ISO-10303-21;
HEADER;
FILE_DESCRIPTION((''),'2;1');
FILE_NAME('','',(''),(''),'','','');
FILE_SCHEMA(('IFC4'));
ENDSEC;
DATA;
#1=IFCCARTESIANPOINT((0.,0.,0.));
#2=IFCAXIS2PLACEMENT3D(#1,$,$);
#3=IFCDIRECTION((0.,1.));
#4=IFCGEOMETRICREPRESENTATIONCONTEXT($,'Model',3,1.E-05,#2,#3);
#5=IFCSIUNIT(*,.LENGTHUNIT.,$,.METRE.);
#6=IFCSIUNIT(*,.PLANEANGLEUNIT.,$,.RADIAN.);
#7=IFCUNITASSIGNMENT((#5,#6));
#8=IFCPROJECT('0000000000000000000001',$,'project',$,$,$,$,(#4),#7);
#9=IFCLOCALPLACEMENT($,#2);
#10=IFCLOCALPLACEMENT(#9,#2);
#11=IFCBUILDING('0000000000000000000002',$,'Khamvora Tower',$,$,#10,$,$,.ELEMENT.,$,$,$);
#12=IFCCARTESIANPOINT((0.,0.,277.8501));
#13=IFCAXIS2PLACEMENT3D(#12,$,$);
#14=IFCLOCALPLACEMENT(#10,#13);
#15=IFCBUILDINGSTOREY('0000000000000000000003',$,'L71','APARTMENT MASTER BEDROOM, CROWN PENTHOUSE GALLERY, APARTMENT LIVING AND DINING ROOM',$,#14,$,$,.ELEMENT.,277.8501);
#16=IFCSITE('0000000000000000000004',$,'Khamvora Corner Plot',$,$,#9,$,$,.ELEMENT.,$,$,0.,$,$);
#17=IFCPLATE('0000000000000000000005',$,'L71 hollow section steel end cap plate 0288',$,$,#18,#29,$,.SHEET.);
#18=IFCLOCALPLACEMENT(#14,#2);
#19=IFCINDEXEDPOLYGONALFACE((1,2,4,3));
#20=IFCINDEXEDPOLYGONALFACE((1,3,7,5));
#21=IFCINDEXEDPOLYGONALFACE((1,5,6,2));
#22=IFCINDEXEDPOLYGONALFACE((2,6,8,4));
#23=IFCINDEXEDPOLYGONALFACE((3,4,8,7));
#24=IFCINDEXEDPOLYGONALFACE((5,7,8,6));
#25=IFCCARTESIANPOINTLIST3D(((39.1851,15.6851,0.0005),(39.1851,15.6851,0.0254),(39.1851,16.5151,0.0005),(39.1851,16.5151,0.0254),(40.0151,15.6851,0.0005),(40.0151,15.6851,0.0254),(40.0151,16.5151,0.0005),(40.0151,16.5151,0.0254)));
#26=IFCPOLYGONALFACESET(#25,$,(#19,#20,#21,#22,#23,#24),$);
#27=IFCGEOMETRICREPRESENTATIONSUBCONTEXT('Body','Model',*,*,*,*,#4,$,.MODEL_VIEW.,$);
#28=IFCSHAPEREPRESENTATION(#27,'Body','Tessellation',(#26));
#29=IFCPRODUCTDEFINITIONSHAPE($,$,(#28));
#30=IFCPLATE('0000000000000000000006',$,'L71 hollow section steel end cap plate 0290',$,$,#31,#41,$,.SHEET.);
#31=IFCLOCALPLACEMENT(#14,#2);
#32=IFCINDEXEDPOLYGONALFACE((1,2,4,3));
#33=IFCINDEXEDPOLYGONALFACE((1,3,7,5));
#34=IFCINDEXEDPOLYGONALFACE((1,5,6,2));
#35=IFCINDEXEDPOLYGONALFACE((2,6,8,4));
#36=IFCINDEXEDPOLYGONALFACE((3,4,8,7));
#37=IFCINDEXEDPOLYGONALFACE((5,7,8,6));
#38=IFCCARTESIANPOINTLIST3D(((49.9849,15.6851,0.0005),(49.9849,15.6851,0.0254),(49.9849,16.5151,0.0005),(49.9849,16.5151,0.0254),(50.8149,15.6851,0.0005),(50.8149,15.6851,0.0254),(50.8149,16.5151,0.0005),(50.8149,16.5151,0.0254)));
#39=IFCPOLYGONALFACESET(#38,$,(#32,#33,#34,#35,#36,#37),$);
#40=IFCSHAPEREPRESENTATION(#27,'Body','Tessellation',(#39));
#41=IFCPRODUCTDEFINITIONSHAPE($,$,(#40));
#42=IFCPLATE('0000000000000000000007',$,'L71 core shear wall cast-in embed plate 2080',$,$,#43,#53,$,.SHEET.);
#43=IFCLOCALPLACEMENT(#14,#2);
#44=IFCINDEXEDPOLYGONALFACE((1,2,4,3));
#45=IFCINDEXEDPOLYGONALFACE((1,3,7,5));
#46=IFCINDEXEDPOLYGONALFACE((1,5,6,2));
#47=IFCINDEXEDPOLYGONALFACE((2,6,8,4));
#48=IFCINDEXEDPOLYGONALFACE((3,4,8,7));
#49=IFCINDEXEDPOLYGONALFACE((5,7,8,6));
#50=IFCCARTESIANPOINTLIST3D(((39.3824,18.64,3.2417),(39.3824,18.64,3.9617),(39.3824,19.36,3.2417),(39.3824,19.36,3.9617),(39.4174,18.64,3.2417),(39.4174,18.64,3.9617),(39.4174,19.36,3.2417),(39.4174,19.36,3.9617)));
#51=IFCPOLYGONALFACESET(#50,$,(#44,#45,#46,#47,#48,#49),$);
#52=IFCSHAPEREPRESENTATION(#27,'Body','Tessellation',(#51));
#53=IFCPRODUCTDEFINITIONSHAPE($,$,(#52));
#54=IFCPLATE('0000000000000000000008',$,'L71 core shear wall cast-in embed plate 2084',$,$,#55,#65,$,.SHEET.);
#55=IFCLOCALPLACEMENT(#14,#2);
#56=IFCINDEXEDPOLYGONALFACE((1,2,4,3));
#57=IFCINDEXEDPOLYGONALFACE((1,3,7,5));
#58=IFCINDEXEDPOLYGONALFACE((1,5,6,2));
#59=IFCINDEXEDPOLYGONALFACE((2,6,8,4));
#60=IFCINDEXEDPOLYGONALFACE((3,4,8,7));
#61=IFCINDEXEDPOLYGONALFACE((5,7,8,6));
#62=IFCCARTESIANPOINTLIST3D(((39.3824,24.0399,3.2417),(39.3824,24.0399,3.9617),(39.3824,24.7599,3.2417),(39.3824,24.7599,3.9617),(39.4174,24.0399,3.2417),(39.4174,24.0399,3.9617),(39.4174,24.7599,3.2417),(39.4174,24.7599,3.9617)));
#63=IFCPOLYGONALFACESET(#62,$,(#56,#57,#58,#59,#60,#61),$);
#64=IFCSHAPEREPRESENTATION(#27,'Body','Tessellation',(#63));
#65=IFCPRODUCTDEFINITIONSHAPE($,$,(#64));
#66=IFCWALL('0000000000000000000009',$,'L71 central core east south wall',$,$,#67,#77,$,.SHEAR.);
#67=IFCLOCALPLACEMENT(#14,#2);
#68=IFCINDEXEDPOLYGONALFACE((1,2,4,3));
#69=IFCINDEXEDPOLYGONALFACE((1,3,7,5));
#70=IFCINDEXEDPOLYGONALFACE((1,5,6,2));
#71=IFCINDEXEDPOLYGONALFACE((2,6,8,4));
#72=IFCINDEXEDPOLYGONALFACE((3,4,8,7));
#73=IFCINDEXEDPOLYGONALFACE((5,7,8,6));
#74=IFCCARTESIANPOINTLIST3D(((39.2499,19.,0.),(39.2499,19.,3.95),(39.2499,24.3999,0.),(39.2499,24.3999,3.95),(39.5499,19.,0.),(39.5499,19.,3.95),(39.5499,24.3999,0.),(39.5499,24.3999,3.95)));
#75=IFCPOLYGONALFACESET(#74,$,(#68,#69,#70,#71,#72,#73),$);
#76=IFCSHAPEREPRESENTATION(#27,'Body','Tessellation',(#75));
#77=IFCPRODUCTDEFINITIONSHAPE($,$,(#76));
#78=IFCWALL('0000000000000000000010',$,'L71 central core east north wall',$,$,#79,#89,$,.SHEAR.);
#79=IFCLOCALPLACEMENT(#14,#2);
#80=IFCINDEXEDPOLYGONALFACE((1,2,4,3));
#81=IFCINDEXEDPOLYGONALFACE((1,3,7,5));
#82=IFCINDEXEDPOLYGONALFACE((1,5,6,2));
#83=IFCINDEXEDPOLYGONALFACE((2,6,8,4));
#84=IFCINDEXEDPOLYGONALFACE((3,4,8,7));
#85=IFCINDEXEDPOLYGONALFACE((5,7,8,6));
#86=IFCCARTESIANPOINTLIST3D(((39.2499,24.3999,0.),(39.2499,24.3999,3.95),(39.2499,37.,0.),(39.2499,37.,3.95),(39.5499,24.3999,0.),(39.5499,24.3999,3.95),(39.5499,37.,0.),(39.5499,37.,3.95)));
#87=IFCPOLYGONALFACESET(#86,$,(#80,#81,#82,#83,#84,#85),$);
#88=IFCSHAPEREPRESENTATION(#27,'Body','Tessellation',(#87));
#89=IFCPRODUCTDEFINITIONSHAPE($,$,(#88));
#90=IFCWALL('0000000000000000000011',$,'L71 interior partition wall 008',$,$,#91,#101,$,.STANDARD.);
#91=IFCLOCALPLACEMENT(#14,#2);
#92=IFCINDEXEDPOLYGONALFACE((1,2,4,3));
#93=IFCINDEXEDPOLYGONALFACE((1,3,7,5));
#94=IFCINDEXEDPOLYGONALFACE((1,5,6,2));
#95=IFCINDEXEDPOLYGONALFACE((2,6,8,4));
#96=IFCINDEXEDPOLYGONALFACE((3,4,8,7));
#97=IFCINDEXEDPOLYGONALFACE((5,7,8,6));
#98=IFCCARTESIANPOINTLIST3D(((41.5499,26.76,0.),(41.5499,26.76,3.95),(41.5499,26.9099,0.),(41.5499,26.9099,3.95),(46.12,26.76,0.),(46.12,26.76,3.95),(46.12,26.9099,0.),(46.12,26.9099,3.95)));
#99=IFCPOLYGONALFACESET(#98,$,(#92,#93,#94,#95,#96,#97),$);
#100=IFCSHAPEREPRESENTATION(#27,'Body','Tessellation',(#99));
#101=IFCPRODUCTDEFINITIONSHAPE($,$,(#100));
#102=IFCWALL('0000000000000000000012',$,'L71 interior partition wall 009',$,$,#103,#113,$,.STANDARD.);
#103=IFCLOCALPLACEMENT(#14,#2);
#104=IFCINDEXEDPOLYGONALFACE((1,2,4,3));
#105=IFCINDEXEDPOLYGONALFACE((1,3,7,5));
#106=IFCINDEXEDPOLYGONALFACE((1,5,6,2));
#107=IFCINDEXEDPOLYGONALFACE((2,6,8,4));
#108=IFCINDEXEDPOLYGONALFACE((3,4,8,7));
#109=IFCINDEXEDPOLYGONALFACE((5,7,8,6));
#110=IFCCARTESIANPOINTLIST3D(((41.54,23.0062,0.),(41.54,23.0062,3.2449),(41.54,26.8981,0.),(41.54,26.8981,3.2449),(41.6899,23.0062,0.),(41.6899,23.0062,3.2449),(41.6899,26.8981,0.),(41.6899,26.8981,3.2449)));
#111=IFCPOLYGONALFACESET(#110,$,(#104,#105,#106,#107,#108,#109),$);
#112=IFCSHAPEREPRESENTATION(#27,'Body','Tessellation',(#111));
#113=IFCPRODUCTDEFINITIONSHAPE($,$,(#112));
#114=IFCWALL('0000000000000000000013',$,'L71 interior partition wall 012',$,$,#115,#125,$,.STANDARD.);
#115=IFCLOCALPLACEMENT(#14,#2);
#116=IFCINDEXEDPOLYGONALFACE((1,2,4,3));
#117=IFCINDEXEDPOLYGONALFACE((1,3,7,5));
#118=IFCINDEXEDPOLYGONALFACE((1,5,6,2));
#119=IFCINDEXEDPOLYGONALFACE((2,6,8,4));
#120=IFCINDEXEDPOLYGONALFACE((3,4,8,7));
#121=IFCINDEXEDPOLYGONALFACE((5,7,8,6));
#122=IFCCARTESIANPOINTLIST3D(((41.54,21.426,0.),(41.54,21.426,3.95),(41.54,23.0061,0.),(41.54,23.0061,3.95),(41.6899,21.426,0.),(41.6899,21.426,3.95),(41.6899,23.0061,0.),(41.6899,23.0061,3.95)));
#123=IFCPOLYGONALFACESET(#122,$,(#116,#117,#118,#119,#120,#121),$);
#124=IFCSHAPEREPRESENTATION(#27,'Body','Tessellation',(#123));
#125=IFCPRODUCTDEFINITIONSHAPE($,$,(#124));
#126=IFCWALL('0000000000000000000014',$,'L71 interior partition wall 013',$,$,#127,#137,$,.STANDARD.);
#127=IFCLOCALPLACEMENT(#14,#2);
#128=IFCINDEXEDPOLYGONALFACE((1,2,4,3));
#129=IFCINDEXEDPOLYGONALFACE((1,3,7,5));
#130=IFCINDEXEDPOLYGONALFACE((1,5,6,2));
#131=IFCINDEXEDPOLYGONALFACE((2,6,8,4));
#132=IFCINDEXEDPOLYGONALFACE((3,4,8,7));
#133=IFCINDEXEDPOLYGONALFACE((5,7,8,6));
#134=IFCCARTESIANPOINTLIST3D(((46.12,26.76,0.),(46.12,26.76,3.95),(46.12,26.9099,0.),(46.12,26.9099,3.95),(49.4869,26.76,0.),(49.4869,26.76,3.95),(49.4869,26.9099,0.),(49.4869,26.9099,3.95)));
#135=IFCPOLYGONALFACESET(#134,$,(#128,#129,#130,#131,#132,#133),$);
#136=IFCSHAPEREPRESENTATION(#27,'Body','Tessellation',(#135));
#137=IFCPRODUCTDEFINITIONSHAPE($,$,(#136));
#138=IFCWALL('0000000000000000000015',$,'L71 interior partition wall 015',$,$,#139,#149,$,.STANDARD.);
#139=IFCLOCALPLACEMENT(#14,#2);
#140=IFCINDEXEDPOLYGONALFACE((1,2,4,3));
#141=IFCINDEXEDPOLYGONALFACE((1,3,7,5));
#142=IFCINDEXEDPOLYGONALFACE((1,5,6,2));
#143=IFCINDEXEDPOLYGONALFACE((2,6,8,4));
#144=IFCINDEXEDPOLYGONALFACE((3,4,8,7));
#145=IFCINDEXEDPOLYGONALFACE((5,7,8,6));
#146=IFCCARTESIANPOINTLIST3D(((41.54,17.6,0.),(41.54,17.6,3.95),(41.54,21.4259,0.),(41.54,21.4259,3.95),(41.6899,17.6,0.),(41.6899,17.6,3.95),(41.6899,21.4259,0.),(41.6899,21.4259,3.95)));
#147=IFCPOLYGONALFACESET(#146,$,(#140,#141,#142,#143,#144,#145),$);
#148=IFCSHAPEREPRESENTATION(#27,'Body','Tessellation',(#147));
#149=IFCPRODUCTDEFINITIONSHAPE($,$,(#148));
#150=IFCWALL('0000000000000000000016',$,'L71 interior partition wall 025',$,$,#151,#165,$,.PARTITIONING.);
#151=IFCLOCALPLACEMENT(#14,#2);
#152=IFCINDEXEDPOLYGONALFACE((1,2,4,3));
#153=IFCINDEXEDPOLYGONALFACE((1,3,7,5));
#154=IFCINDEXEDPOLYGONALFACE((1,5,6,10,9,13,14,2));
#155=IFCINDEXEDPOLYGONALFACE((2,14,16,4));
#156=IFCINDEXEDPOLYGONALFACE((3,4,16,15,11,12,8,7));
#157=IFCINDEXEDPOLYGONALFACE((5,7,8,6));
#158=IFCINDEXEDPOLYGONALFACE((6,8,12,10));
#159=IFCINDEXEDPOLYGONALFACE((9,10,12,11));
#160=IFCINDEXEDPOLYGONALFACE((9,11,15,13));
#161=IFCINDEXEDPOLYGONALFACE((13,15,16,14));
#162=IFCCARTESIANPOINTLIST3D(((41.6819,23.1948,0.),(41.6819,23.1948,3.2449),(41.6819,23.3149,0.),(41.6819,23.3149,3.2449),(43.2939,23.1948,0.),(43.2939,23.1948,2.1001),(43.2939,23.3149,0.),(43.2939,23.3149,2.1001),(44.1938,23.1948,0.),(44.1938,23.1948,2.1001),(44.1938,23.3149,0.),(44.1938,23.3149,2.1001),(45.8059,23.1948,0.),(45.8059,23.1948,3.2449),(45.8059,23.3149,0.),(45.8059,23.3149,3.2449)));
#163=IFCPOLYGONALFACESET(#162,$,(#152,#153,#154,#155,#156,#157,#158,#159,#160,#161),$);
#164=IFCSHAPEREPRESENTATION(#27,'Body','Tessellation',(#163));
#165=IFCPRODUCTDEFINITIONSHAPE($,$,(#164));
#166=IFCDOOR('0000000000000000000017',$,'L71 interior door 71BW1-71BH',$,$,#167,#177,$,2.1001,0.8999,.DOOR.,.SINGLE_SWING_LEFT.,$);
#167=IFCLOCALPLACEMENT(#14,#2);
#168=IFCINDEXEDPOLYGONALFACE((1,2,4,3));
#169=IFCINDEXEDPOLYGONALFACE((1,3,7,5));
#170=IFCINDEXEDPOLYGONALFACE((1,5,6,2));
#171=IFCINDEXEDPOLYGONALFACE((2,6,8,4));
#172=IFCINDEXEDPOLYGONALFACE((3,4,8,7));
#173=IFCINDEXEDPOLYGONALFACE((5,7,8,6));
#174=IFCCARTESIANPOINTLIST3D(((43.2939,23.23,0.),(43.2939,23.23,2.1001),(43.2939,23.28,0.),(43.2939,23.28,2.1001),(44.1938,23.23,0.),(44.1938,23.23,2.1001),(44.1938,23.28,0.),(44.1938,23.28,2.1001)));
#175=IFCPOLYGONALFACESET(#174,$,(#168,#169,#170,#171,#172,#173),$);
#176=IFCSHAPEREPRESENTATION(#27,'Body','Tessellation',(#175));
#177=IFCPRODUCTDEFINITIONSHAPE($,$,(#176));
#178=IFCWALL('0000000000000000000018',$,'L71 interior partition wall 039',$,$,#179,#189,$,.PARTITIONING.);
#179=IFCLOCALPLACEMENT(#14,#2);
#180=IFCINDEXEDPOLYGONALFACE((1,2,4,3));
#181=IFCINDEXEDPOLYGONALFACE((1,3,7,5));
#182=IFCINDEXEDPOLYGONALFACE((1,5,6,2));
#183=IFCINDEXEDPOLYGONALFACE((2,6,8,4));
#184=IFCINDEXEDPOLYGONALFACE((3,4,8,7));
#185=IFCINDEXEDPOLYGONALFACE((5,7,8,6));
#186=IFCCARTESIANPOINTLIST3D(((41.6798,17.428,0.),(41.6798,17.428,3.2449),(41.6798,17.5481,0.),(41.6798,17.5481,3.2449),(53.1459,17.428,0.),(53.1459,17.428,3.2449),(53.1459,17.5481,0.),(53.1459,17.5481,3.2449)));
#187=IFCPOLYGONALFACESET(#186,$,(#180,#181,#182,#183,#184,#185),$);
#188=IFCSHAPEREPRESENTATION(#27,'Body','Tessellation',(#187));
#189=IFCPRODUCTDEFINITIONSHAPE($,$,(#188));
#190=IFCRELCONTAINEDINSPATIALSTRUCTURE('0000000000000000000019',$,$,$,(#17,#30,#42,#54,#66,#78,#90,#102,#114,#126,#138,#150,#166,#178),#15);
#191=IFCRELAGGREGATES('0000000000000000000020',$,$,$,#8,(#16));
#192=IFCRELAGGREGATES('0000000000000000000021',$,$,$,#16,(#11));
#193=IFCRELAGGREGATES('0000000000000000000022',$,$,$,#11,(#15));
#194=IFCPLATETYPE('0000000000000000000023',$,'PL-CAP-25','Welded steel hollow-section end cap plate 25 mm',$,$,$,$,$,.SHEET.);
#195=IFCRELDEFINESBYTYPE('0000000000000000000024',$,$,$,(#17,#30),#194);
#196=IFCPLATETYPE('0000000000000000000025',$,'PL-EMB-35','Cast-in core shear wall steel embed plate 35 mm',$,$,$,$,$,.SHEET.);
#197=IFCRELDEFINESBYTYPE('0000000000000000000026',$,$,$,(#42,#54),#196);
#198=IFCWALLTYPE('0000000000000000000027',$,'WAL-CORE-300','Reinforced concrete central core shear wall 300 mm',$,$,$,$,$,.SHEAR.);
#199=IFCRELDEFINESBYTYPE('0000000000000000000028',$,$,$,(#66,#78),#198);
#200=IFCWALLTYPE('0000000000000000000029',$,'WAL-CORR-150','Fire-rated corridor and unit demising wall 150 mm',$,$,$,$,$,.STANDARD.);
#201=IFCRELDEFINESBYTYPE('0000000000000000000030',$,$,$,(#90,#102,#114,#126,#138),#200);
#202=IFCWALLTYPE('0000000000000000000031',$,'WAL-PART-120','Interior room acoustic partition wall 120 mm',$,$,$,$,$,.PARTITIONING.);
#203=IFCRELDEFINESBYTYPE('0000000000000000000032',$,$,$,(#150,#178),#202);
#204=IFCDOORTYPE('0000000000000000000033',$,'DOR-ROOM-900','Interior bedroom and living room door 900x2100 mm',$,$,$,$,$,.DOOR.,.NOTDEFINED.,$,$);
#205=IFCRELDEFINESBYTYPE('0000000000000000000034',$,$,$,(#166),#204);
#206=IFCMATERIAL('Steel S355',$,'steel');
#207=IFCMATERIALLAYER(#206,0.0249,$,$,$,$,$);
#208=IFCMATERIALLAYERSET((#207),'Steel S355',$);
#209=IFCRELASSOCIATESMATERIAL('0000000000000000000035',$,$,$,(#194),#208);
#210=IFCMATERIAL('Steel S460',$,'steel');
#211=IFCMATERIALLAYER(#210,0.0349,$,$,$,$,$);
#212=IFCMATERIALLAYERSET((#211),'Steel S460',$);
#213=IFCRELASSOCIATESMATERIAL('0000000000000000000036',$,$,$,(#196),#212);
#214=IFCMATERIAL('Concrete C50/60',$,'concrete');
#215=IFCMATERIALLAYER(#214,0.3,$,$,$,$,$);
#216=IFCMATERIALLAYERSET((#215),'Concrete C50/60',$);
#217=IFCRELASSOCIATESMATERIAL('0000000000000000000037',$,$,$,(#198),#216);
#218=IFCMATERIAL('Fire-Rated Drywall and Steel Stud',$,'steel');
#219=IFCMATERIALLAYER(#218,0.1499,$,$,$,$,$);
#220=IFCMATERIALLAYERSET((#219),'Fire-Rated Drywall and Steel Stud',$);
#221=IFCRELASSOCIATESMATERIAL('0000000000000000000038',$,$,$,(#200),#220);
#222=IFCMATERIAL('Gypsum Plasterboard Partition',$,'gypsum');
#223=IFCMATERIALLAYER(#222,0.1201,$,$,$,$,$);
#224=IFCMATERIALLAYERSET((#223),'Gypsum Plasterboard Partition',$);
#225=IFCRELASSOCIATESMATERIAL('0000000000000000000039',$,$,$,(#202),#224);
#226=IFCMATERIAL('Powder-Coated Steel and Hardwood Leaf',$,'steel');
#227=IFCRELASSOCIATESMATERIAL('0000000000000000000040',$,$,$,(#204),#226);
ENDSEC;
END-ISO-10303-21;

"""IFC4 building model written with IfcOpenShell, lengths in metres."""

from ifc_helpers import new_model, si_unit, direction, frame, frame_2d, origin, origin_2d, place, context, subcontext, project, spatial, rectangle, extrude, material, layer, layer_set, type_object, element, fill, save


model = new_model("IFC4")

# Units and contexts
model_context = context("Model", 3, precision=1e-05, world=origin(), true_north=direction((0.0, 1.0)))
body_context = subcontext(model_context, "Body", "Model", "MODEL_VIEW")
ifc_project = project(units=[si_unit("LENGTHUNIT", "METRE"), si_unit("PLANEANGLEUNIT", "RADIAN")], contexts=[model_context])

# Site, building, storey
site_placement = place(None, origin())
site = spatial("IfcSite", under=ifc_project, at=site_placement, Name="Khamvora Corner Plot", CompositionType="ELEMENT", RefElevation=0.0)
building_placement = place(site_placement, origin())
building = spatial("IfcBuilding", under=site, at=building_placement, Name="Khamvora Tower", CompositionType="ELEMENT")
storey_placement = place(building_placement, frame((0.0, 0.0, 277.8501)))
storey = spatial("IfcBuildingStorey", under=building, at=storey_placement, Name="L71", Description="APARTMENT MASTER BEDROOM, CROWN PENTHOUSE GALLERY, APARTMENT LIVING AND DINING ROOM", CompositionType="ELEMENT", Elevation=277.8501)

# Shared definitions
ifc_material_1 = material(Name="Steel S355", Category="steel")

# Plates
ifc_layer_1 = layer(ifc_material_1, 0.0249)
ifc_layer_set_1 = layer_set([ifc_layer_1], Name="Steel S355")
plate_type_1 = type_object("IfcPlateType", Name="PL-CAP-25", Description="Welded steel hollow-section end cap plate 25 mm", PredefinedType="SHEET", material=ifc_layer_set_1)
for number, where, z_axis, x_axis, name in (
    (1, (39.6001, 16.1001, 0.0005), (0.0, 0.0, 1.0), (1.0, 0.0, 0.0), "L71 hollow section steel end cap plate 0288"),
    (2, (50.3999, 16.1001, 0.0005), (0.0, 0.0, 1.0), (1.0, 0.0, 0.0), "L71 hollow section steel end cap plate 0290"),
):
    element("IfcPlate", number, at=place(storey_placement, frame(where, z_axis=z_axis, x_axis=x_axis)), inside=storey, type_object=plate_type_1, Name=name, PredefinedType="SHEET", context=body_context, shape_type="SweptSolid", body=[
        extrude(rectangle(XDim=0.8301, YDim=0.8301, at=origin_2d()), origin(), (0.0, 0.0, 1.0), 0.0249),
    ])
ifc_material_2 = material(Name="Steel S460", Category="steel")
ifc_layer_2 = layer(ifc_material_2, 0.0349)
ifc_layer_set_2 = layer_set([ifc_layer_2], Name="Steel S460")
plate_type_2 = type_object("IfcPlateType", Name="PL-EMB-35", Description="Cast-in core shear wall steel embed plate 35 mm", PredefinedType="SHEET", material=ifc_layer_set_2)
for number, where, z_axis, x_axis, name in (
    (3, (39.3999, 19.0, 3.2417), (0.0, 0.0, 1.0), (1.0, 0.0, 0.0), "L71 core shear wall cast-in embed plate 2080"),
    (4, (39.3999, 24.3999, 3.2417), (0.0, 0.0, 1.0), (1.0, 0.0, 0.0), "L71 core shear wall cast-in embed plate 2084"),
):
    element("IfcPlate", number, at=place(storey_placement, frame(where, z_axis=z_axis, x_axis=x_axis)), inside=storey, type_object=plate_type_2, Name=name, PredefinedType="SHEET", context=body_context, shape_type="SweptSolid", body=[
        extrude(rectangle(XDim=0.0349, YDim=0.72, at=origin_2d()), origin(), (0.0, 0.0, 1.0), 0.72),
    ])

# Walls
ifc_material_3 = material(Name="Concrete C50/60", Category="concrete")
ifc_layer_3 = layer(ifc_material_3, 0.3)
ifc_layer_set_3 = layer_set([ifc_layer_3], Name="Concrete C50/60")
wall_type_1 = type_object("IfcWallType", Name="WAL-CORE-300", Description="Reinforced concrete central core shear wall 300 mm", PredefinedType="SHEAR", material=ifc_layer_set_3)
wall_1_placement = place(storey_placement, frame((39.3999, 19.0, 0.0), z_axis=(0.0, 0.0, 1.0), x_axis=(0.0, 1.0, 0.0)))
element("IfcWall", 5, at=wall_1_placement, inside=storey, type_object=wall_type_1, Name="L71 central core east south wall", PredefinedType="SHEAR", context=body_context, shape_type="SweptSolid", body=[
    extrude(rectangle(XDim=5.3999, YDim=0.3, at=frame_2d((2.7, 0.0))), origin(), (0.0, 0.0, 1.0), 3.95),
])
wall_2_placement = place(storey_placement, frame((39.3999, 24.3999, 0.0), z_axis=(0.0, 0.0, 1.0), x_axis=(0.0, 1.0, 0.0)))
element("IfcWall", 6, at=wall_2_placement, inside=storey, type_object=wall_type_1, Name="L71 central core east north wall", PredefinedType="SHEAR", context=body_context, shape_type="SweptSolid", body=[
    extrude(rectangle(XDim=12.6001, YDim=0.3, at=frame_2d((6.3, 0.0))), origin(), (0.0, 0.0, 1.0), 3.95),
])
ifc_material_4 = material(Name="Fire-Rated Drywall and Steel Stud", Category="steel")
ifc_layer_4 = layer(ifc_material_4, 0.1499)
ifc_layer_set_4 = layer_set([ifc_layer_4], Name="Fire-Rated Drywall and Steel Stud")
wall_type_2 = type_object("IfcWallType", Name="WAL-CORR-150", Description="Fire-rated corridor and unit demising wall 150 mm", PredefinedType="STANDARD", material=ifc_layer_set_4)
wall_3_placement = place(storey_placement, frame((46.1201, 26.835, 0.0), z_axis=(0.0, 0.0, 1.0), x_axis=(-1.0, 0.0, 0.0)))
element("IfcWall", 7, at=wall_3_placement, inside=storey, type_object=wall_type_2, Name="L71 interior partition wall 008", PredefinedType="STANDARD", context=body_context, shape_type="SweptSolid", body=[
    extrude(rectangle(XDim=4.5701, YDim=0.1499, at=frame_2d((2.2852, 0.0))), origin(), (0.0, 0.0, 1.0), 3.95),
])
wall_4_placement = place(storey_placement, frame((41.615, 26.8979, 0.0), z_axis=(0.0, 0.0, 1.0), x_axis=(0.0, -1.0, 0.0)))
element("IfcWall", 8, at=wall_4_placement, inside=storey, type_object=wall_type_2, Name="L71 interior partition wall 009", PredefinedType="STANDARD", context=body_context, shape_type="SweptSolid", body=[
    extrude(rectangle(XDim=3.8918, YDim=0.1499, at=frame_2d((1.9458, 0.0))), origin(), (0.0, 0.0, 1.0), 3.2449),
])
wall_5_placement = place(storey_placement, frame((41.615, 23.0061, 0.0), z_axis=(0.0, 0.0, 1.0), x_axis=(0.0, -1.0, 0.0)))
element("IfcWall", 9, at=wall_5_placement, inside=storey, type_object=wall_type_2, Name="L71 interior partition wall 012", PredefinedType="STANDARD", context=body_context, shape_type="SweptSolid", body=[
    extrude(rectangle(XDim=1.5801, YDim=0.1499, at=frame_2d((0.79, 0.0))), origin(), (0.0, 0.0, 1.0), 3.95),
])
wall_6_placement = place(storey_placement, frame((49.4871, 26.835, 0.0), z_axis=(0.0, 0.0, 1.0), x_axis=(-1.0, 0.0, 0.0)))
element("IfcWall", 10, at=wall_6_placement, inside=storey, type_object=wall_type_2, Name="L71 interior partition wall 013", PredefinedType="STANDARD", context=body_context, shape_type="SweptSolid", body=[
    extrude(rectangle(XDim=3.3669, YDim=0.1499, at=frame_2d((1.6836, 0.0))), origin(), (0.0, 0.0, 1.0), 3.95),
])
wall_7_placement = place(storey_placement, frame((41.615, 21.426, 0.0), z_axis=(0.0, 0.0, 1.0), x_axis=(0.0, -1.0, 0.0)))
element("IfcWall", 11, at=wall_7_placement, inside=storey, type_object=wall_type_2, Name="L71 interior partition wall 015", PredefinedType="STANDARD", context=body_context, shape_type="SweptSolid", body=[
    extrude(rectangle(XDim=3.8259, YDim=0.1499, at=frame_2d((1.9131, 0.0))), origin(), (0.0, 0.0, 1.0), 3.95),
])

# Wall, opening, door
ifc_material_5 = material(Name="Gypsum Plasterboard Partition", Category="gypsum")
ifc_layer_5 = layer(ifc_material_5, 0.1201)
ifc_layer_set_5 = layer_set([ifc_layer_5], Name="Gypsum Plasterboard Partition")
wall_type_3 = type_object("IfcWallType", Name="WAL-PART-120", Description="Interior room acoustic partition wall 120 mm", PredefinedType="PARTITIONING", material=ifc_layer_set_5)
wall_8_placement = place(storey_placement, frame((45.8059, 23.2549, 0.0), z_axis=(0.0, 0.0, 1.0), x_axis=(-1.0, 0.0, 0.0)))
wall_8 = element("IfcWall", 12, at=wall_8_placement, inside=storey, type_object=wall_type_3, Name="L71 interior partition wall 025", PredefinedType="PARTITIONING", context=body_context, shape_type="SweptSolid", body=[
    extrude(rectangle(XDim=4.124, YDim=0.1201, at=frame_2d((2.062, 0.0))), origin(), (0.0, 0.0, 1.0), 3.2449),
])
opening_1_placement = place(wall_8_placement, frame((1.6121, 0.0, 0.0)))
opening_1 = element("IfcOpeningElement", 13, at=opening_1_placement, cuts=wall_8, PredefinedType="OPENING", context=body_context, shape_type="SweptSolid", body=[
    extrude(rectangle(XDim=0.8999, YDim=2.1001, at=frame_2d((0.45, 1.05))), frame((0.0, 0.0701, 0.0), z_axis=(0.0, -1.0, 0.0), x_axis=(1.0, 0.0, 0.0)), (0.0, 0.0, 1.0), 0.1401),
])
ifc_material_6 = material(Name="Powder-Coated Steel and Hardwood Leaf", Category="steel")
door_type_1 = type_object("IfcDoorType", Name="DOR-ROOM-900", Description="Interior bedroom and living room door 900x2100 mm", OperationType="NOTDEFINED", PredefinedType="DOOR", material=ifc_material_6)
door_1_placement = place(opening_1_placement, origin())
door_1 = element("IfcDoor", 14, at=door_1_placement, inside=storey, type_object=door_type_1, Name="L71 interior door 71BW1-71BH", OperationType="SINGLE_SWING_LEFT", OverallHeight=2.1001, OverallWidth=0.8999, PredefinedType="DOOR", context=body_context, shape_type="SweptSolid", body=[
    extrude(rectangle(XDim=0.8999, YDim=2.1001, at=frame_2d((0.45, 1.05))), frame((0.0, 0.0249, 0.0), z_axis=(0.0, -1.0, 0.0), x_axis=(1.0, 0.0, 0.0)), (0.0, 0.0, 1.0), 0.05),
])
fill(opening_1, door_1)

# Wall
wall_9_placement = place(storey_placement, frame((41.6799, 17.488, 0.0), z_axis=(0.0, 0.0, 1.0), x_axis=(1.0, 0.0, 0.0)))
element("IfcWall", 15, at=wall_9_placement, inside=storey, type_object=wall_type_3, Name="L71 interior partition wall 039", PredefinedType="PARTITIONING", context=body_context, shape_type="SweptSolid", body=[
    extrude(rectangle(XDim=11.4661, YDim=0.1201, at=frame_2d((5.7329, 0.0))), origin(), (0.0, 0.0, 1.0), 3.2449),
])

save(model, "model.ifc")
